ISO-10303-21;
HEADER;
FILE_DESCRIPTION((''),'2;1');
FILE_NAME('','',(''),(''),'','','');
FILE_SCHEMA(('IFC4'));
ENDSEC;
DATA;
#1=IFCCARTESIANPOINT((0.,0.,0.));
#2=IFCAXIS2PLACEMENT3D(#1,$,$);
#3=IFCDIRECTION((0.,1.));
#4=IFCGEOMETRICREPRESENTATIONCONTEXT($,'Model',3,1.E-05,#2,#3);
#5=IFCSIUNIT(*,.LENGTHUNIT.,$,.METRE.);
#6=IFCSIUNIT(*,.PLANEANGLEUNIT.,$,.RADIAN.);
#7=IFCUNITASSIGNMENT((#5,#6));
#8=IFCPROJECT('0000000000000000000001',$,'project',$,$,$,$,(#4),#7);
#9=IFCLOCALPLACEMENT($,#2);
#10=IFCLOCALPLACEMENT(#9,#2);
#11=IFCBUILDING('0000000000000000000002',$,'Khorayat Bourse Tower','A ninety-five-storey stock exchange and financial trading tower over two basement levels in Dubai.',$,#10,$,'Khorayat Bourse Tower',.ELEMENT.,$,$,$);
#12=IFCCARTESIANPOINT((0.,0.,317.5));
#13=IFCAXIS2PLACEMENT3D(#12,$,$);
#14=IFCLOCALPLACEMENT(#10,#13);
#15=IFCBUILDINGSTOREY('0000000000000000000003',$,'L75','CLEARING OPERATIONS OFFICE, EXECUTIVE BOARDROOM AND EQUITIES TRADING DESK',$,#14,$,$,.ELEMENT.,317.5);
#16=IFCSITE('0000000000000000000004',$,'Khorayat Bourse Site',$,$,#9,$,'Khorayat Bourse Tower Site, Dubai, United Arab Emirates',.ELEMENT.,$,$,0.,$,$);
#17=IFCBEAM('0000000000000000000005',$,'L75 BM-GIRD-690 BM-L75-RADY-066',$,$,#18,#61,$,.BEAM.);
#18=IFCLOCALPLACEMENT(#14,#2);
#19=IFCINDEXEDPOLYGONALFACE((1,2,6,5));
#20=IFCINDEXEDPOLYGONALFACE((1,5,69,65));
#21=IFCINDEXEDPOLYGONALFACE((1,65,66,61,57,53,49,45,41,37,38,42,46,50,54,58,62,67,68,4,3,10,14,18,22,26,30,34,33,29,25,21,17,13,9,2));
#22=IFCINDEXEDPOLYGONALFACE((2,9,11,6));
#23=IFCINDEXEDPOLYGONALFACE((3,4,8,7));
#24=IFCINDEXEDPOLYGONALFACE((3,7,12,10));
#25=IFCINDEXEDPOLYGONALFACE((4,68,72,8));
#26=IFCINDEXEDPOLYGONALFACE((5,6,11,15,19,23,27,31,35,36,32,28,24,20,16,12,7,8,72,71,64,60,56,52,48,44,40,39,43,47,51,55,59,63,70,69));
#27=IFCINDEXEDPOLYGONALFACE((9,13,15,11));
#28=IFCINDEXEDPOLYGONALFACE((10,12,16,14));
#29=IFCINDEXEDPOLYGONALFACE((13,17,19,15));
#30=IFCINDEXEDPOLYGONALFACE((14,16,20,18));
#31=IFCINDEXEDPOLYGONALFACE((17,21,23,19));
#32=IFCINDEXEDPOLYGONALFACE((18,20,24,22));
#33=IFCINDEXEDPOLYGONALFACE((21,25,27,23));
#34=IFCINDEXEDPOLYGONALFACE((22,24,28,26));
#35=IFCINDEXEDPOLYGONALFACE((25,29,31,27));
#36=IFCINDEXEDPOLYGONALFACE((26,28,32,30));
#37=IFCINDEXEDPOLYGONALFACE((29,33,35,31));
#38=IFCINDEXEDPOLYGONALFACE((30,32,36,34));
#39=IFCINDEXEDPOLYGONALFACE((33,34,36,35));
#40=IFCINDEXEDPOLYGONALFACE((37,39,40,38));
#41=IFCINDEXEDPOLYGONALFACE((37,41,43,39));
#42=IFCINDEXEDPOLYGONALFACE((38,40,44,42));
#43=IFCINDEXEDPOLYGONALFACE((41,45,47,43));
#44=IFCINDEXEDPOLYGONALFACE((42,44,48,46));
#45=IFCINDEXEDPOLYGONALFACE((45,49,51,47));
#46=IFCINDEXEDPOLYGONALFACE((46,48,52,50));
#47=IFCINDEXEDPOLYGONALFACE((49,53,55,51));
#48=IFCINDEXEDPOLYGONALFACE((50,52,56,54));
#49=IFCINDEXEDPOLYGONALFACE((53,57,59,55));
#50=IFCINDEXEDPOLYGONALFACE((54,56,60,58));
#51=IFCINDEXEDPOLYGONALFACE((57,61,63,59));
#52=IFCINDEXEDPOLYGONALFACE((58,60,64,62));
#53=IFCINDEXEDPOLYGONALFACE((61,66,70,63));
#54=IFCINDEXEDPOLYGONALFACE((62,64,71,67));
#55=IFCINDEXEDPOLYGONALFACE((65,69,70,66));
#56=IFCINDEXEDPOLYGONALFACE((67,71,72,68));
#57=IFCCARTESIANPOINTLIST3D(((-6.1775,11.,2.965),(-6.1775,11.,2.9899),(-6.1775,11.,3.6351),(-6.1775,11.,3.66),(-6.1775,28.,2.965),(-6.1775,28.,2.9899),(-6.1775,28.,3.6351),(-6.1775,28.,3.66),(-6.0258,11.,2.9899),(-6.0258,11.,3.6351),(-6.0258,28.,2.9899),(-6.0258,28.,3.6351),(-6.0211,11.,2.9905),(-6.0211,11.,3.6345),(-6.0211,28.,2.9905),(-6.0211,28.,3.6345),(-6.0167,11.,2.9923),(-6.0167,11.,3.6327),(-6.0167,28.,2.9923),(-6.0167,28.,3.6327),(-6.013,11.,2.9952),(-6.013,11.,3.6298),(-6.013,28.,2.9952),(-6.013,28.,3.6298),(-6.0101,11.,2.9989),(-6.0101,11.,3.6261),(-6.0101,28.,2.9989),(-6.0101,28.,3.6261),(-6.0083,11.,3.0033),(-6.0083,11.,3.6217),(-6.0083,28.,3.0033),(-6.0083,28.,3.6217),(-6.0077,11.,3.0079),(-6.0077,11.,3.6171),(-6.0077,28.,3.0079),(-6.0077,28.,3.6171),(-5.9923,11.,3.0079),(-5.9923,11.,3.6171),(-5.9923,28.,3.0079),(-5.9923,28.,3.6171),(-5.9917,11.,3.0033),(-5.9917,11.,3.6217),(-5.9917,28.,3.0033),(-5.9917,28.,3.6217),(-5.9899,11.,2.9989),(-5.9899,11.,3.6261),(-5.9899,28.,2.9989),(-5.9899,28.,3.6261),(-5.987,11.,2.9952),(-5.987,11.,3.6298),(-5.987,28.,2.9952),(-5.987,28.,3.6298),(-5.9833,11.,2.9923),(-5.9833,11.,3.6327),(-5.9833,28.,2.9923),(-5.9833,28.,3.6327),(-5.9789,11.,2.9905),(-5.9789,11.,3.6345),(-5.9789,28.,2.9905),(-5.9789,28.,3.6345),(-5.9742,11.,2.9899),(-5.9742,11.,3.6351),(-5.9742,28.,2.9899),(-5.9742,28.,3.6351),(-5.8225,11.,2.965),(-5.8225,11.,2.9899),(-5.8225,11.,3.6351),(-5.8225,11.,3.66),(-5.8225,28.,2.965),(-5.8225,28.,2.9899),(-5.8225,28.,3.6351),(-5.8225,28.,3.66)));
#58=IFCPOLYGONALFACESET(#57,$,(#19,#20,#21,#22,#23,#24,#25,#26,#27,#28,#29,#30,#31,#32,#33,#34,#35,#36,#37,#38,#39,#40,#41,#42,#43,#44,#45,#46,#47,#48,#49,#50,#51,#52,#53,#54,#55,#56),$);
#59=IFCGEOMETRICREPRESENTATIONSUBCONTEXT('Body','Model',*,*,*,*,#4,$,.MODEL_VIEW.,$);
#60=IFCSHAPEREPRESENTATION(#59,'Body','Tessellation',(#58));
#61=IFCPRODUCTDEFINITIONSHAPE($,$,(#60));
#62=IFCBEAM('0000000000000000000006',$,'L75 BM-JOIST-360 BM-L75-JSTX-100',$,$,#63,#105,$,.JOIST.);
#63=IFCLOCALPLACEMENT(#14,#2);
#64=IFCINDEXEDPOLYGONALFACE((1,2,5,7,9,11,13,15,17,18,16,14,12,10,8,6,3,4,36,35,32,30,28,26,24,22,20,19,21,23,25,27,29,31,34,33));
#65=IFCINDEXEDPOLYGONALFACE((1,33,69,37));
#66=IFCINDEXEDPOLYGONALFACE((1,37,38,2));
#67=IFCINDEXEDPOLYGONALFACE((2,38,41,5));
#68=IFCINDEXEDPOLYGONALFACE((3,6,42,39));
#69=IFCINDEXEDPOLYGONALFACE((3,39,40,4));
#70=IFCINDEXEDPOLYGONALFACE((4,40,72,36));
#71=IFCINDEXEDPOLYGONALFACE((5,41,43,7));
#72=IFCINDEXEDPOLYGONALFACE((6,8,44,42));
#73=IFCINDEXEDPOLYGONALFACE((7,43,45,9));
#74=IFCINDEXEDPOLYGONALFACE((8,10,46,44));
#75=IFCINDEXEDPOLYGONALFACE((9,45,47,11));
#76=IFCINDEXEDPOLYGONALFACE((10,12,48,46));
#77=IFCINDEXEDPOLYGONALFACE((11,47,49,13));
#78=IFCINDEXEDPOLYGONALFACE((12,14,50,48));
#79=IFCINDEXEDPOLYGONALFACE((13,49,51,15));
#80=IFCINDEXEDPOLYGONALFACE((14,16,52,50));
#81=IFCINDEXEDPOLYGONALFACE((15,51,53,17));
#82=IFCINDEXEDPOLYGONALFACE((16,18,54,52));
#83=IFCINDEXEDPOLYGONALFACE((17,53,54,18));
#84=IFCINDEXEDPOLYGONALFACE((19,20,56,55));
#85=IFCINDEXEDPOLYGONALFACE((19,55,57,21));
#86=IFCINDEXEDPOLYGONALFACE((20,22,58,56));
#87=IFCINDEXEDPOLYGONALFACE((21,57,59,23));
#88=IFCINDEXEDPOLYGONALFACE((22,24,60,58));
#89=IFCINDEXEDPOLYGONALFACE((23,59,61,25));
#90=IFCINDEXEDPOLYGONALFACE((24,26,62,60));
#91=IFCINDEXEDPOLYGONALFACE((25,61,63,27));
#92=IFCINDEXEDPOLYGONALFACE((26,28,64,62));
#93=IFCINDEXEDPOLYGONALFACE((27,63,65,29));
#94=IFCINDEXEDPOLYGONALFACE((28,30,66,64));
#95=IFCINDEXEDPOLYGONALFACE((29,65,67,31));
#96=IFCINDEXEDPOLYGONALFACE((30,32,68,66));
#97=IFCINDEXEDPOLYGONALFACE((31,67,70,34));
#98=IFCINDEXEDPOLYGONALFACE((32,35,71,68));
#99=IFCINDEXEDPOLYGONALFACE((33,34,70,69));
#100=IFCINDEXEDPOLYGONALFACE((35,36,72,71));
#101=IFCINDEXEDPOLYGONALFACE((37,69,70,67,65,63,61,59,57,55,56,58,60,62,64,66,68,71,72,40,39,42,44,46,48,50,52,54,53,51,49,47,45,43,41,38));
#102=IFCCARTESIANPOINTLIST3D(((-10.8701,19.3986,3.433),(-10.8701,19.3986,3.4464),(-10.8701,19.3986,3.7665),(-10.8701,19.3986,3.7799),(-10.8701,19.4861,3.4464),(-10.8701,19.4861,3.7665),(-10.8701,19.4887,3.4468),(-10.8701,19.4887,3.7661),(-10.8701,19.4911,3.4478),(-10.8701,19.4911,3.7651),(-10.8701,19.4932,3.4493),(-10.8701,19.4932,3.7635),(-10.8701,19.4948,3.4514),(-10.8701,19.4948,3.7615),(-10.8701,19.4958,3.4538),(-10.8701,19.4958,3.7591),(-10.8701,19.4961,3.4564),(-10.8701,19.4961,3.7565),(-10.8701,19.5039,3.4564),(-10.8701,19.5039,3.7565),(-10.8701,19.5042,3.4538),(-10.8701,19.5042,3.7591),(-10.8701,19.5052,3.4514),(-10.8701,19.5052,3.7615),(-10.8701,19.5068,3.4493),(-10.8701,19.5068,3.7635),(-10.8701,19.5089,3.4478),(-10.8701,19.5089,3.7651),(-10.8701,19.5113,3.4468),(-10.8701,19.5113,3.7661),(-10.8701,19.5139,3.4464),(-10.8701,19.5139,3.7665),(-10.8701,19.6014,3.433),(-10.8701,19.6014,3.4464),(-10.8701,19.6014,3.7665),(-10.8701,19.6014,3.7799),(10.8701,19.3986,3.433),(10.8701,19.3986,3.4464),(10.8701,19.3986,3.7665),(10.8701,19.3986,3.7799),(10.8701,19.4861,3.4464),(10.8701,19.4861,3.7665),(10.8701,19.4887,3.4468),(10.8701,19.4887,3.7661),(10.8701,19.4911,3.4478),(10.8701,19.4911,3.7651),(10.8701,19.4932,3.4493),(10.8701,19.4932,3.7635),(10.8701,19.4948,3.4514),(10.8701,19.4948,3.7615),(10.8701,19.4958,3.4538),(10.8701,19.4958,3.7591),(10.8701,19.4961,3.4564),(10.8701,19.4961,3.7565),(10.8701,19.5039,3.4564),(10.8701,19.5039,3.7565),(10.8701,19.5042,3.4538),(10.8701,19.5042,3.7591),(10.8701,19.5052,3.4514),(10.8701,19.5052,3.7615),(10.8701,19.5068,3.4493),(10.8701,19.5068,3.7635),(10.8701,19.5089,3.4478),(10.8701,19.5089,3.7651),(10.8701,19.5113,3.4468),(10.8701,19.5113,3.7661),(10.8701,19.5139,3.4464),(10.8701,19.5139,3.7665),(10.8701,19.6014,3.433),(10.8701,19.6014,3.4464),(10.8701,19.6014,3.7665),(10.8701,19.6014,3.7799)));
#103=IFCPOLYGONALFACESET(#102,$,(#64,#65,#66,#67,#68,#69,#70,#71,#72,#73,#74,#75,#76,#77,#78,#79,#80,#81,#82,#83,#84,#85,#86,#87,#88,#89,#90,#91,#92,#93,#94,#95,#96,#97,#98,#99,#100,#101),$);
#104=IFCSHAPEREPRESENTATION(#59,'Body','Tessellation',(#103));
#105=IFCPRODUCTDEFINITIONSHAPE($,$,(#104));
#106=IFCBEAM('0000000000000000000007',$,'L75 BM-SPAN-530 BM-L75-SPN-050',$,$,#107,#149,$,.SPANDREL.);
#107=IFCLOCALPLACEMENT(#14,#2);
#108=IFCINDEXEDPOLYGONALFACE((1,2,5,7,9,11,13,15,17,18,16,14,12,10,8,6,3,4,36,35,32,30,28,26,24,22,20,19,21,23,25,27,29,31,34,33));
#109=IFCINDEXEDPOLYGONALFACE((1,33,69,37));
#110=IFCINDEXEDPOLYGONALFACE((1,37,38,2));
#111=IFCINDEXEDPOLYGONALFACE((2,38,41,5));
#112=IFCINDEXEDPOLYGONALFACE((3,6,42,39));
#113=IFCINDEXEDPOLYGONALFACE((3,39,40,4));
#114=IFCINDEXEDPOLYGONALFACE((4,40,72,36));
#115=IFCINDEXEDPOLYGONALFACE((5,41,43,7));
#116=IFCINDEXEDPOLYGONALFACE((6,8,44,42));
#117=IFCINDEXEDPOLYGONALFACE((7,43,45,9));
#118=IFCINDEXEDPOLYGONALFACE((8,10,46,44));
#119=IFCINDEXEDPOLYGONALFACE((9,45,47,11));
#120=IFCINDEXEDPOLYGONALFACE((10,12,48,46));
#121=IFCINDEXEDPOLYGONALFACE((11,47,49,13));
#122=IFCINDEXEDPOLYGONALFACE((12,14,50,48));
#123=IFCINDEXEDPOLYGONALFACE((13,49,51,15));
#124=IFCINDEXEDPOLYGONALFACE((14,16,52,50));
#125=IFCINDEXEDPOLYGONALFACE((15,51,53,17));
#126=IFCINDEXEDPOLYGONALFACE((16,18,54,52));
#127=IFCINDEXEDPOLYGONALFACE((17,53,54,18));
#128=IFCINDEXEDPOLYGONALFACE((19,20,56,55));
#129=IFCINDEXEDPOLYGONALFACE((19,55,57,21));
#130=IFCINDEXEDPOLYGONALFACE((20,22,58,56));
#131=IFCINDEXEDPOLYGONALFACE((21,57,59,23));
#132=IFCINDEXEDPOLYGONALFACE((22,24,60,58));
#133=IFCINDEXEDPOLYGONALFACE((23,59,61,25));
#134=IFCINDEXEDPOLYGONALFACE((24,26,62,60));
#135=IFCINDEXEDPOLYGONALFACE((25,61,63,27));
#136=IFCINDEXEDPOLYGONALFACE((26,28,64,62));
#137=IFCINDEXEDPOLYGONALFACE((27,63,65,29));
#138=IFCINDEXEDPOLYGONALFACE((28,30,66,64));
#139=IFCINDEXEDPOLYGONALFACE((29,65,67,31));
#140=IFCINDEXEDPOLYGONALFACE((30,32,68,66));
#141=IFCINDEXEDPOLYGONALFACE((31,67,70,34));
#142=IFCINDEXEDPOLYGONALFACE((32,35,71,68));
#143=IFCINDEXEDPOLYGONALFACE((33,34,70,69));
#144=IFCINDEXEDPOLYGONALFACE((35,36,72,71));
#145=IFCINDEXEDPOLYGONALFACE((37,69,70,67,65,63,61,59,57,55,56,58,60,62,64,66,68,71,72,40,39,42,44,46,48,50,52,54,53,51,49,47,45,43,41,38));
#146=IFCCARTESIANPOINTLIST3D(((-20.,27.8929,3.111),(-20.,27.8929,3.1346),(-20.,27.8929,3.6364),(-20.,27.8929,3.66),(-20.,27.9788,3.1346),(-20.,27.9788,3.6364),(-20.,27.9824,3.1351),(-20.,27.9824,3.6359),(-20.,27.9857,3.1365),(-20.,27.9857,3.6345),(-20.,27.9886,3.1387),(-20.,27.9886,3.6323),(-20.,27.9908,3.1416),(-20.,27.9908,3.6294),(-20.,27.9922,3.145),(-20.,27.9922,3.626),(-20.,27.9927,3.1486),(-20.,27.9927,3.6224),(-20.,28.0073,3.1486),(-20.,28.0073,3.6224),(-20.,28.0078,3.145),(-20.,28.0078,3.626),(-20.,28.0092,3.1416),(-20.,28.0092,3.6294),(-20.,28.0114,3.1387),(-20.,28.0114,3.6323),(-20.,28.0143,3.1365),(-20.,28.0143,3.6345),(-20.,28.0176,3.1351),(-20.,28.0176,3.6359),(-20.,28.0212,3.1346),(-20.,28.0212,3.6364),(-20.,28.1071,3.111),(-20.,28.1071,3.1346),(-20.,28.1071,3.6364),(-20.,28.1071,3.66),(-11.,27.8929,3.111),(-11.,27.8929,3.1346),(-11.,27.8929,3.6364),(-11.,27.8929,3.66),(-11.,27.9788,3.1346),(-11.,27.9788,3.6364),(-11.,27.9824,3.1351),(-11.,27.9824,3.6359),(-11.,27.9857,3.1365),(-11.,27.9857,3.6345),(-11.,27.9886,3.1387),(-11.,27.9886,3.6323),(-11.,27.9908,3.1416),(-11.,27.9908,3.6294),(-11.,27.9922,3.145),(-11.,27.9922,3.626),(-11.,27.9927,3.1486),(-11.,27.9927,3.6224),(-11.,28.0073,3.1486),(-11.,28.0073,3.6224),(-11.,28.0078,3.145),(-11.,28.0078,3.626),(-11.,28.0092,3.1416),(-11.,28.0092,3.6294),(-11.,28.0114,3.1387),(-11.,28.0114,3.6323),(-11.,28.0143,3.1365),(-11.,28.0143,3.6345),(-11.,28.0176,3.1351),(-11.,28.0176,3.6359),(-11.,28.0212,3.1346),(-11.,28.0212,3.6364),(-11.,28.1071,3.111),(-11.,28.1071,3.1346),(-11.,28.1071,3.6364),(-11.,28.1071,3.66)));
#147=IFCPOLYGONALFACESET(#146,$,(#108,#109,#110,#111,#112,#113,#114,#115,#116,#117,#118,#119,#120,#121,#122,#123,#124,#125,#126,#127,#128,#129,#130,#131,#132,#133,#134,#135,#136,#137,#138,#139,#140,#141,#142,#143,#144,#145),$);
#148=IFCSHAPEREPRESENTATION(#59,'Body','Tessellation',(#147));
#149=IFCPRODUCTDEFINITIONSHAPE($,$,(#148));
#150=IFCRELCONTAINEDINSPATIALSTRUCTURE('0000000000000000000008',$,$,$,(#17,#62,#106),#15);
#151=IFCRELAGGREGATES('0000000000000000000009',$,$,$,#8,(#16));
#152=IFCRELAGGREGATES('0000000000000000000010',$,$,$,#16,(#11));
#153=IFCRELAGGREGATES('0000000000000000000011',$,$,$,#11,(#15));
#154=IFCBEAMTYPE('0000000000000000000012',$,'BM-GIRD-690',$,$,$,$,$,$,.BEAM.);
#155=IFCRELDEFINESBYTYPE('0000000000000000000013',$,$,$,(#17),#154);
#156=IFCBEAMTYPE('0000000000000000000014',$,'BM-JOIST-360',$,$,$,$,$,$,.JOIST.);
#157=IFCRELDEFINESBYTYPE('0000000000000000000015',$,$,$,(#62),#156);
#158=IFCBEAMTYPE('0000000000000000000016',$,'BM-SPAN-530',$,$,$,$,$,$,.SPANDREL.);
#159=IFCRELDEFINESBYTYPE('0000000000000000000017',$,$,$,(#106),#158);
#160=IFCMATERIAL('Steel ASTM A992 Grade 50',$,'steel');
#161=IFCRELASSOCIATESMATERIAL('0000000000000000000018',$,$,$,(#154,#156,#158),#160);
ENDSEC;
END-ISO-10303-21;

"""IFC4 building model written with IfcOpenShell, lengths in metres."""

from ifc_helpers import new_model, si_unit, direction, frame, origin, origin_2d, place, context, subcontext, project, spatial, i_section, extrude, source, transform, mapped, material, material_profile, profile_set, type_object, element, save


model = new_model("IFC4")

# Units and contexts
model_context = context("Model", 3, precision=1e-05, world=origin(), true_north=direction((0.0, 1.0)))
body_context = subcontext(model_context, "Body", "Model", "MODEL_VIEW")
ifc_project = project(units=[si_unit("LENGTHUNIT", "METRE"), si_unit("PLANEANGLEUNIT", "RADIAN")], contexts=[model_context])

# Site, building, storey
site_placement = place(None, origin())
site = spatial("IfcSite", under=ifc_project, at=site_placement, Name="Khorayat Bourse Site", LongName="Khorayat Bourse Tower Site, Dubai, United Arab Emirates", CompositionType="ELEMENT", RefElevation=0.0)
building_placement = place(site_placement, origin())
building = spatial("IfcBuilding", under=site, at=building_placement, Name="Khorayat Bourse Tower", Description="A ninety-five-storey stock exchange and financial trading tower over two basement levels in Dubai.", LongName="Khorayat Bourse Tower", CompositionType="ELEMENT")
storey_placement = place(building_placement, frame((0.0, 0.0, 317.5)))
storey = spatial("IfcBuildingStorey", under=building, at=storey_placement, Name="L75", Description="CLEARING OPERATIONS OFFICE, EXECUTIVE BOARDROOM AND EQUITIES TRADING DESK", CompositionType="ELEMENT", Elevation=317.5)

# Beams
ifc_material_1 = material(Name="Steel ASTM A992 Grade 50", Category="steel")
ifc_material_profile_1 = material_profile(ifc_material_1, i_section(OverallWidth=0.355, OverallDepth=0.6951, WebThickness=0.0154, FlangeThickness=0.0249, FilletRadius=0.0181, at=origin_2d()), Name="W690X217")
ifc_profile_set_1 = profile_set([ifc_material_profile_1], Name="Steel ASTM A992 Grade 50")
beam_type_1 = type_object("IfcBeamType", Name="BM-GIRD-690", PredefinedType="BEAM", material=ifc_profile_set_1)
shared_shape_1 = source(origin(), body_context, "Body", "SweptSolid", [
    extrude(i_section(OverallWidth=0.355, OverallDepth=0.6951, WebThickness=0.0154, FlangeThickness=0.0249, FilletRadius=0.0181, at=origin_2d()), origin(), (0.0, 0.0, 1.0), 17.0),
])
for number, where, z_axis, x_axis, name in (
    (1, (-6.0, 11.0, 3.3125), (0.0, 1.0, 0.0), (-1.0, 0.0, 0.0), "L75 BM-GIRD-690 BM-L75-RADY-066"),
):
    element("IfcBeam", number, at=place(storey_placement, frame(where, z_axis=z_axis, x_axis=x_axis)), inside=storey, type_object=beam_type_1, Name=name, PredefinedType="BEAM", context=body_context, shape_type="MappedRepresentation", body=[
        mapped(shared_shape_1, transform((0.0, 0.0, 0.0), scale=1.0)),
    ])
ifc_material_profile_2 = material_profile(ifc_material_1, i_section(OverallWidth=0.2029, OverallDepth=0.3469, WebThickness=0.0078, FlangeThickness=0.0134, FilletRadius=0.01, at=origin_2d()), Name="W360X64")
ifc_profile_set_2 = profile_set([ifc_material_profile_2], Name="Steel ASTM A992 Grade 50")
beam_type_2 = type_object("IfcBeamType", Name="BM-JOIST-360", PredefinedType="JOIST", material=ifc_profile_set_2)
shared_shape_2 = source(origin(), body_context, "Body", "SweptSolid", [
    extrude(i_section(OverallWidth=0.2029, OverallDepth=0.3469, WebThickness=0.0078, FlangeThickness=0.0134, FilletRadius=0.01, at=origin_2d()), origin(), (0.0, 0.0, 1.0), 21.7402),
])
beam_1_placement = place(storey_placement, frame((-10.8701, 19.5, 3.6064), z_axis=(1.0, 0.0, 0.0), x_axis=(0.0, 1.0, 0.0)))
element("IfcBeam", 2, at=beam_1_placement, inside=storey, type_object=beam_type_2, Name="L75 BM-JOIST-360 BM-L75-JSTX-100", PredefinedType="JOIST", context=body_context, shape_type="MappedRepresentation", body=[
    mapped(shared_shape_2, transform((0.0, 0.0, 0.0), scale=1.0)),
])
ifc_material_profile_3 = material_profile(ifc_material_1, i_section(OverallWidth=0.2141, OverallDepth=0.5491, WebThickness=0.0146, FlangeThickness=0.0237, FilletRadius=0.0139, at=origin_2d()), Name="W530X138")
ifc_profile_set_3 = profile_set([ifc_material_profile_3], Name="Steel ASTM A992 Grade 50")
beam_type_3 = type_object("IfcBeamType", Name="BM-SPAN-530", PredefinedType="SPANDREL", material=ifc_profile_set_3)
shared_shape_3 = source(origin(), body_context, "Body", "SweptSolid", [
    extrude(i_section(OverallWidth=0.2141, OverallDepth=0.5491, WebThickness=0.0146, FlangeThickness=0.0237, FilletRadius=0.0139, at=origin_2d()), origin(), (0.0, 0.0, 1.0), 9.0),
])
beam_2_placement = place(storey_placement, frame((-20.0, 28.0, 3.3855), z_axis=(1.0, 0.0, 0.0), x_axis=(0.0, 1.0, 0.0)))
element("IfcBeam", 3, at=beam_2_placement, inside=storey, type_object=beam_type_3, Name="L75 BM-SPAN-530 BM-L75-SPN-050", PredefinedType="SPANDREL", context=body_context, shape_type="MappedRepresentation", body=[
    mapped(shared_shape_3, transform((0.0, 0.0, 0.0), scale=1.0)),
])

save(model, "model.ifc")
